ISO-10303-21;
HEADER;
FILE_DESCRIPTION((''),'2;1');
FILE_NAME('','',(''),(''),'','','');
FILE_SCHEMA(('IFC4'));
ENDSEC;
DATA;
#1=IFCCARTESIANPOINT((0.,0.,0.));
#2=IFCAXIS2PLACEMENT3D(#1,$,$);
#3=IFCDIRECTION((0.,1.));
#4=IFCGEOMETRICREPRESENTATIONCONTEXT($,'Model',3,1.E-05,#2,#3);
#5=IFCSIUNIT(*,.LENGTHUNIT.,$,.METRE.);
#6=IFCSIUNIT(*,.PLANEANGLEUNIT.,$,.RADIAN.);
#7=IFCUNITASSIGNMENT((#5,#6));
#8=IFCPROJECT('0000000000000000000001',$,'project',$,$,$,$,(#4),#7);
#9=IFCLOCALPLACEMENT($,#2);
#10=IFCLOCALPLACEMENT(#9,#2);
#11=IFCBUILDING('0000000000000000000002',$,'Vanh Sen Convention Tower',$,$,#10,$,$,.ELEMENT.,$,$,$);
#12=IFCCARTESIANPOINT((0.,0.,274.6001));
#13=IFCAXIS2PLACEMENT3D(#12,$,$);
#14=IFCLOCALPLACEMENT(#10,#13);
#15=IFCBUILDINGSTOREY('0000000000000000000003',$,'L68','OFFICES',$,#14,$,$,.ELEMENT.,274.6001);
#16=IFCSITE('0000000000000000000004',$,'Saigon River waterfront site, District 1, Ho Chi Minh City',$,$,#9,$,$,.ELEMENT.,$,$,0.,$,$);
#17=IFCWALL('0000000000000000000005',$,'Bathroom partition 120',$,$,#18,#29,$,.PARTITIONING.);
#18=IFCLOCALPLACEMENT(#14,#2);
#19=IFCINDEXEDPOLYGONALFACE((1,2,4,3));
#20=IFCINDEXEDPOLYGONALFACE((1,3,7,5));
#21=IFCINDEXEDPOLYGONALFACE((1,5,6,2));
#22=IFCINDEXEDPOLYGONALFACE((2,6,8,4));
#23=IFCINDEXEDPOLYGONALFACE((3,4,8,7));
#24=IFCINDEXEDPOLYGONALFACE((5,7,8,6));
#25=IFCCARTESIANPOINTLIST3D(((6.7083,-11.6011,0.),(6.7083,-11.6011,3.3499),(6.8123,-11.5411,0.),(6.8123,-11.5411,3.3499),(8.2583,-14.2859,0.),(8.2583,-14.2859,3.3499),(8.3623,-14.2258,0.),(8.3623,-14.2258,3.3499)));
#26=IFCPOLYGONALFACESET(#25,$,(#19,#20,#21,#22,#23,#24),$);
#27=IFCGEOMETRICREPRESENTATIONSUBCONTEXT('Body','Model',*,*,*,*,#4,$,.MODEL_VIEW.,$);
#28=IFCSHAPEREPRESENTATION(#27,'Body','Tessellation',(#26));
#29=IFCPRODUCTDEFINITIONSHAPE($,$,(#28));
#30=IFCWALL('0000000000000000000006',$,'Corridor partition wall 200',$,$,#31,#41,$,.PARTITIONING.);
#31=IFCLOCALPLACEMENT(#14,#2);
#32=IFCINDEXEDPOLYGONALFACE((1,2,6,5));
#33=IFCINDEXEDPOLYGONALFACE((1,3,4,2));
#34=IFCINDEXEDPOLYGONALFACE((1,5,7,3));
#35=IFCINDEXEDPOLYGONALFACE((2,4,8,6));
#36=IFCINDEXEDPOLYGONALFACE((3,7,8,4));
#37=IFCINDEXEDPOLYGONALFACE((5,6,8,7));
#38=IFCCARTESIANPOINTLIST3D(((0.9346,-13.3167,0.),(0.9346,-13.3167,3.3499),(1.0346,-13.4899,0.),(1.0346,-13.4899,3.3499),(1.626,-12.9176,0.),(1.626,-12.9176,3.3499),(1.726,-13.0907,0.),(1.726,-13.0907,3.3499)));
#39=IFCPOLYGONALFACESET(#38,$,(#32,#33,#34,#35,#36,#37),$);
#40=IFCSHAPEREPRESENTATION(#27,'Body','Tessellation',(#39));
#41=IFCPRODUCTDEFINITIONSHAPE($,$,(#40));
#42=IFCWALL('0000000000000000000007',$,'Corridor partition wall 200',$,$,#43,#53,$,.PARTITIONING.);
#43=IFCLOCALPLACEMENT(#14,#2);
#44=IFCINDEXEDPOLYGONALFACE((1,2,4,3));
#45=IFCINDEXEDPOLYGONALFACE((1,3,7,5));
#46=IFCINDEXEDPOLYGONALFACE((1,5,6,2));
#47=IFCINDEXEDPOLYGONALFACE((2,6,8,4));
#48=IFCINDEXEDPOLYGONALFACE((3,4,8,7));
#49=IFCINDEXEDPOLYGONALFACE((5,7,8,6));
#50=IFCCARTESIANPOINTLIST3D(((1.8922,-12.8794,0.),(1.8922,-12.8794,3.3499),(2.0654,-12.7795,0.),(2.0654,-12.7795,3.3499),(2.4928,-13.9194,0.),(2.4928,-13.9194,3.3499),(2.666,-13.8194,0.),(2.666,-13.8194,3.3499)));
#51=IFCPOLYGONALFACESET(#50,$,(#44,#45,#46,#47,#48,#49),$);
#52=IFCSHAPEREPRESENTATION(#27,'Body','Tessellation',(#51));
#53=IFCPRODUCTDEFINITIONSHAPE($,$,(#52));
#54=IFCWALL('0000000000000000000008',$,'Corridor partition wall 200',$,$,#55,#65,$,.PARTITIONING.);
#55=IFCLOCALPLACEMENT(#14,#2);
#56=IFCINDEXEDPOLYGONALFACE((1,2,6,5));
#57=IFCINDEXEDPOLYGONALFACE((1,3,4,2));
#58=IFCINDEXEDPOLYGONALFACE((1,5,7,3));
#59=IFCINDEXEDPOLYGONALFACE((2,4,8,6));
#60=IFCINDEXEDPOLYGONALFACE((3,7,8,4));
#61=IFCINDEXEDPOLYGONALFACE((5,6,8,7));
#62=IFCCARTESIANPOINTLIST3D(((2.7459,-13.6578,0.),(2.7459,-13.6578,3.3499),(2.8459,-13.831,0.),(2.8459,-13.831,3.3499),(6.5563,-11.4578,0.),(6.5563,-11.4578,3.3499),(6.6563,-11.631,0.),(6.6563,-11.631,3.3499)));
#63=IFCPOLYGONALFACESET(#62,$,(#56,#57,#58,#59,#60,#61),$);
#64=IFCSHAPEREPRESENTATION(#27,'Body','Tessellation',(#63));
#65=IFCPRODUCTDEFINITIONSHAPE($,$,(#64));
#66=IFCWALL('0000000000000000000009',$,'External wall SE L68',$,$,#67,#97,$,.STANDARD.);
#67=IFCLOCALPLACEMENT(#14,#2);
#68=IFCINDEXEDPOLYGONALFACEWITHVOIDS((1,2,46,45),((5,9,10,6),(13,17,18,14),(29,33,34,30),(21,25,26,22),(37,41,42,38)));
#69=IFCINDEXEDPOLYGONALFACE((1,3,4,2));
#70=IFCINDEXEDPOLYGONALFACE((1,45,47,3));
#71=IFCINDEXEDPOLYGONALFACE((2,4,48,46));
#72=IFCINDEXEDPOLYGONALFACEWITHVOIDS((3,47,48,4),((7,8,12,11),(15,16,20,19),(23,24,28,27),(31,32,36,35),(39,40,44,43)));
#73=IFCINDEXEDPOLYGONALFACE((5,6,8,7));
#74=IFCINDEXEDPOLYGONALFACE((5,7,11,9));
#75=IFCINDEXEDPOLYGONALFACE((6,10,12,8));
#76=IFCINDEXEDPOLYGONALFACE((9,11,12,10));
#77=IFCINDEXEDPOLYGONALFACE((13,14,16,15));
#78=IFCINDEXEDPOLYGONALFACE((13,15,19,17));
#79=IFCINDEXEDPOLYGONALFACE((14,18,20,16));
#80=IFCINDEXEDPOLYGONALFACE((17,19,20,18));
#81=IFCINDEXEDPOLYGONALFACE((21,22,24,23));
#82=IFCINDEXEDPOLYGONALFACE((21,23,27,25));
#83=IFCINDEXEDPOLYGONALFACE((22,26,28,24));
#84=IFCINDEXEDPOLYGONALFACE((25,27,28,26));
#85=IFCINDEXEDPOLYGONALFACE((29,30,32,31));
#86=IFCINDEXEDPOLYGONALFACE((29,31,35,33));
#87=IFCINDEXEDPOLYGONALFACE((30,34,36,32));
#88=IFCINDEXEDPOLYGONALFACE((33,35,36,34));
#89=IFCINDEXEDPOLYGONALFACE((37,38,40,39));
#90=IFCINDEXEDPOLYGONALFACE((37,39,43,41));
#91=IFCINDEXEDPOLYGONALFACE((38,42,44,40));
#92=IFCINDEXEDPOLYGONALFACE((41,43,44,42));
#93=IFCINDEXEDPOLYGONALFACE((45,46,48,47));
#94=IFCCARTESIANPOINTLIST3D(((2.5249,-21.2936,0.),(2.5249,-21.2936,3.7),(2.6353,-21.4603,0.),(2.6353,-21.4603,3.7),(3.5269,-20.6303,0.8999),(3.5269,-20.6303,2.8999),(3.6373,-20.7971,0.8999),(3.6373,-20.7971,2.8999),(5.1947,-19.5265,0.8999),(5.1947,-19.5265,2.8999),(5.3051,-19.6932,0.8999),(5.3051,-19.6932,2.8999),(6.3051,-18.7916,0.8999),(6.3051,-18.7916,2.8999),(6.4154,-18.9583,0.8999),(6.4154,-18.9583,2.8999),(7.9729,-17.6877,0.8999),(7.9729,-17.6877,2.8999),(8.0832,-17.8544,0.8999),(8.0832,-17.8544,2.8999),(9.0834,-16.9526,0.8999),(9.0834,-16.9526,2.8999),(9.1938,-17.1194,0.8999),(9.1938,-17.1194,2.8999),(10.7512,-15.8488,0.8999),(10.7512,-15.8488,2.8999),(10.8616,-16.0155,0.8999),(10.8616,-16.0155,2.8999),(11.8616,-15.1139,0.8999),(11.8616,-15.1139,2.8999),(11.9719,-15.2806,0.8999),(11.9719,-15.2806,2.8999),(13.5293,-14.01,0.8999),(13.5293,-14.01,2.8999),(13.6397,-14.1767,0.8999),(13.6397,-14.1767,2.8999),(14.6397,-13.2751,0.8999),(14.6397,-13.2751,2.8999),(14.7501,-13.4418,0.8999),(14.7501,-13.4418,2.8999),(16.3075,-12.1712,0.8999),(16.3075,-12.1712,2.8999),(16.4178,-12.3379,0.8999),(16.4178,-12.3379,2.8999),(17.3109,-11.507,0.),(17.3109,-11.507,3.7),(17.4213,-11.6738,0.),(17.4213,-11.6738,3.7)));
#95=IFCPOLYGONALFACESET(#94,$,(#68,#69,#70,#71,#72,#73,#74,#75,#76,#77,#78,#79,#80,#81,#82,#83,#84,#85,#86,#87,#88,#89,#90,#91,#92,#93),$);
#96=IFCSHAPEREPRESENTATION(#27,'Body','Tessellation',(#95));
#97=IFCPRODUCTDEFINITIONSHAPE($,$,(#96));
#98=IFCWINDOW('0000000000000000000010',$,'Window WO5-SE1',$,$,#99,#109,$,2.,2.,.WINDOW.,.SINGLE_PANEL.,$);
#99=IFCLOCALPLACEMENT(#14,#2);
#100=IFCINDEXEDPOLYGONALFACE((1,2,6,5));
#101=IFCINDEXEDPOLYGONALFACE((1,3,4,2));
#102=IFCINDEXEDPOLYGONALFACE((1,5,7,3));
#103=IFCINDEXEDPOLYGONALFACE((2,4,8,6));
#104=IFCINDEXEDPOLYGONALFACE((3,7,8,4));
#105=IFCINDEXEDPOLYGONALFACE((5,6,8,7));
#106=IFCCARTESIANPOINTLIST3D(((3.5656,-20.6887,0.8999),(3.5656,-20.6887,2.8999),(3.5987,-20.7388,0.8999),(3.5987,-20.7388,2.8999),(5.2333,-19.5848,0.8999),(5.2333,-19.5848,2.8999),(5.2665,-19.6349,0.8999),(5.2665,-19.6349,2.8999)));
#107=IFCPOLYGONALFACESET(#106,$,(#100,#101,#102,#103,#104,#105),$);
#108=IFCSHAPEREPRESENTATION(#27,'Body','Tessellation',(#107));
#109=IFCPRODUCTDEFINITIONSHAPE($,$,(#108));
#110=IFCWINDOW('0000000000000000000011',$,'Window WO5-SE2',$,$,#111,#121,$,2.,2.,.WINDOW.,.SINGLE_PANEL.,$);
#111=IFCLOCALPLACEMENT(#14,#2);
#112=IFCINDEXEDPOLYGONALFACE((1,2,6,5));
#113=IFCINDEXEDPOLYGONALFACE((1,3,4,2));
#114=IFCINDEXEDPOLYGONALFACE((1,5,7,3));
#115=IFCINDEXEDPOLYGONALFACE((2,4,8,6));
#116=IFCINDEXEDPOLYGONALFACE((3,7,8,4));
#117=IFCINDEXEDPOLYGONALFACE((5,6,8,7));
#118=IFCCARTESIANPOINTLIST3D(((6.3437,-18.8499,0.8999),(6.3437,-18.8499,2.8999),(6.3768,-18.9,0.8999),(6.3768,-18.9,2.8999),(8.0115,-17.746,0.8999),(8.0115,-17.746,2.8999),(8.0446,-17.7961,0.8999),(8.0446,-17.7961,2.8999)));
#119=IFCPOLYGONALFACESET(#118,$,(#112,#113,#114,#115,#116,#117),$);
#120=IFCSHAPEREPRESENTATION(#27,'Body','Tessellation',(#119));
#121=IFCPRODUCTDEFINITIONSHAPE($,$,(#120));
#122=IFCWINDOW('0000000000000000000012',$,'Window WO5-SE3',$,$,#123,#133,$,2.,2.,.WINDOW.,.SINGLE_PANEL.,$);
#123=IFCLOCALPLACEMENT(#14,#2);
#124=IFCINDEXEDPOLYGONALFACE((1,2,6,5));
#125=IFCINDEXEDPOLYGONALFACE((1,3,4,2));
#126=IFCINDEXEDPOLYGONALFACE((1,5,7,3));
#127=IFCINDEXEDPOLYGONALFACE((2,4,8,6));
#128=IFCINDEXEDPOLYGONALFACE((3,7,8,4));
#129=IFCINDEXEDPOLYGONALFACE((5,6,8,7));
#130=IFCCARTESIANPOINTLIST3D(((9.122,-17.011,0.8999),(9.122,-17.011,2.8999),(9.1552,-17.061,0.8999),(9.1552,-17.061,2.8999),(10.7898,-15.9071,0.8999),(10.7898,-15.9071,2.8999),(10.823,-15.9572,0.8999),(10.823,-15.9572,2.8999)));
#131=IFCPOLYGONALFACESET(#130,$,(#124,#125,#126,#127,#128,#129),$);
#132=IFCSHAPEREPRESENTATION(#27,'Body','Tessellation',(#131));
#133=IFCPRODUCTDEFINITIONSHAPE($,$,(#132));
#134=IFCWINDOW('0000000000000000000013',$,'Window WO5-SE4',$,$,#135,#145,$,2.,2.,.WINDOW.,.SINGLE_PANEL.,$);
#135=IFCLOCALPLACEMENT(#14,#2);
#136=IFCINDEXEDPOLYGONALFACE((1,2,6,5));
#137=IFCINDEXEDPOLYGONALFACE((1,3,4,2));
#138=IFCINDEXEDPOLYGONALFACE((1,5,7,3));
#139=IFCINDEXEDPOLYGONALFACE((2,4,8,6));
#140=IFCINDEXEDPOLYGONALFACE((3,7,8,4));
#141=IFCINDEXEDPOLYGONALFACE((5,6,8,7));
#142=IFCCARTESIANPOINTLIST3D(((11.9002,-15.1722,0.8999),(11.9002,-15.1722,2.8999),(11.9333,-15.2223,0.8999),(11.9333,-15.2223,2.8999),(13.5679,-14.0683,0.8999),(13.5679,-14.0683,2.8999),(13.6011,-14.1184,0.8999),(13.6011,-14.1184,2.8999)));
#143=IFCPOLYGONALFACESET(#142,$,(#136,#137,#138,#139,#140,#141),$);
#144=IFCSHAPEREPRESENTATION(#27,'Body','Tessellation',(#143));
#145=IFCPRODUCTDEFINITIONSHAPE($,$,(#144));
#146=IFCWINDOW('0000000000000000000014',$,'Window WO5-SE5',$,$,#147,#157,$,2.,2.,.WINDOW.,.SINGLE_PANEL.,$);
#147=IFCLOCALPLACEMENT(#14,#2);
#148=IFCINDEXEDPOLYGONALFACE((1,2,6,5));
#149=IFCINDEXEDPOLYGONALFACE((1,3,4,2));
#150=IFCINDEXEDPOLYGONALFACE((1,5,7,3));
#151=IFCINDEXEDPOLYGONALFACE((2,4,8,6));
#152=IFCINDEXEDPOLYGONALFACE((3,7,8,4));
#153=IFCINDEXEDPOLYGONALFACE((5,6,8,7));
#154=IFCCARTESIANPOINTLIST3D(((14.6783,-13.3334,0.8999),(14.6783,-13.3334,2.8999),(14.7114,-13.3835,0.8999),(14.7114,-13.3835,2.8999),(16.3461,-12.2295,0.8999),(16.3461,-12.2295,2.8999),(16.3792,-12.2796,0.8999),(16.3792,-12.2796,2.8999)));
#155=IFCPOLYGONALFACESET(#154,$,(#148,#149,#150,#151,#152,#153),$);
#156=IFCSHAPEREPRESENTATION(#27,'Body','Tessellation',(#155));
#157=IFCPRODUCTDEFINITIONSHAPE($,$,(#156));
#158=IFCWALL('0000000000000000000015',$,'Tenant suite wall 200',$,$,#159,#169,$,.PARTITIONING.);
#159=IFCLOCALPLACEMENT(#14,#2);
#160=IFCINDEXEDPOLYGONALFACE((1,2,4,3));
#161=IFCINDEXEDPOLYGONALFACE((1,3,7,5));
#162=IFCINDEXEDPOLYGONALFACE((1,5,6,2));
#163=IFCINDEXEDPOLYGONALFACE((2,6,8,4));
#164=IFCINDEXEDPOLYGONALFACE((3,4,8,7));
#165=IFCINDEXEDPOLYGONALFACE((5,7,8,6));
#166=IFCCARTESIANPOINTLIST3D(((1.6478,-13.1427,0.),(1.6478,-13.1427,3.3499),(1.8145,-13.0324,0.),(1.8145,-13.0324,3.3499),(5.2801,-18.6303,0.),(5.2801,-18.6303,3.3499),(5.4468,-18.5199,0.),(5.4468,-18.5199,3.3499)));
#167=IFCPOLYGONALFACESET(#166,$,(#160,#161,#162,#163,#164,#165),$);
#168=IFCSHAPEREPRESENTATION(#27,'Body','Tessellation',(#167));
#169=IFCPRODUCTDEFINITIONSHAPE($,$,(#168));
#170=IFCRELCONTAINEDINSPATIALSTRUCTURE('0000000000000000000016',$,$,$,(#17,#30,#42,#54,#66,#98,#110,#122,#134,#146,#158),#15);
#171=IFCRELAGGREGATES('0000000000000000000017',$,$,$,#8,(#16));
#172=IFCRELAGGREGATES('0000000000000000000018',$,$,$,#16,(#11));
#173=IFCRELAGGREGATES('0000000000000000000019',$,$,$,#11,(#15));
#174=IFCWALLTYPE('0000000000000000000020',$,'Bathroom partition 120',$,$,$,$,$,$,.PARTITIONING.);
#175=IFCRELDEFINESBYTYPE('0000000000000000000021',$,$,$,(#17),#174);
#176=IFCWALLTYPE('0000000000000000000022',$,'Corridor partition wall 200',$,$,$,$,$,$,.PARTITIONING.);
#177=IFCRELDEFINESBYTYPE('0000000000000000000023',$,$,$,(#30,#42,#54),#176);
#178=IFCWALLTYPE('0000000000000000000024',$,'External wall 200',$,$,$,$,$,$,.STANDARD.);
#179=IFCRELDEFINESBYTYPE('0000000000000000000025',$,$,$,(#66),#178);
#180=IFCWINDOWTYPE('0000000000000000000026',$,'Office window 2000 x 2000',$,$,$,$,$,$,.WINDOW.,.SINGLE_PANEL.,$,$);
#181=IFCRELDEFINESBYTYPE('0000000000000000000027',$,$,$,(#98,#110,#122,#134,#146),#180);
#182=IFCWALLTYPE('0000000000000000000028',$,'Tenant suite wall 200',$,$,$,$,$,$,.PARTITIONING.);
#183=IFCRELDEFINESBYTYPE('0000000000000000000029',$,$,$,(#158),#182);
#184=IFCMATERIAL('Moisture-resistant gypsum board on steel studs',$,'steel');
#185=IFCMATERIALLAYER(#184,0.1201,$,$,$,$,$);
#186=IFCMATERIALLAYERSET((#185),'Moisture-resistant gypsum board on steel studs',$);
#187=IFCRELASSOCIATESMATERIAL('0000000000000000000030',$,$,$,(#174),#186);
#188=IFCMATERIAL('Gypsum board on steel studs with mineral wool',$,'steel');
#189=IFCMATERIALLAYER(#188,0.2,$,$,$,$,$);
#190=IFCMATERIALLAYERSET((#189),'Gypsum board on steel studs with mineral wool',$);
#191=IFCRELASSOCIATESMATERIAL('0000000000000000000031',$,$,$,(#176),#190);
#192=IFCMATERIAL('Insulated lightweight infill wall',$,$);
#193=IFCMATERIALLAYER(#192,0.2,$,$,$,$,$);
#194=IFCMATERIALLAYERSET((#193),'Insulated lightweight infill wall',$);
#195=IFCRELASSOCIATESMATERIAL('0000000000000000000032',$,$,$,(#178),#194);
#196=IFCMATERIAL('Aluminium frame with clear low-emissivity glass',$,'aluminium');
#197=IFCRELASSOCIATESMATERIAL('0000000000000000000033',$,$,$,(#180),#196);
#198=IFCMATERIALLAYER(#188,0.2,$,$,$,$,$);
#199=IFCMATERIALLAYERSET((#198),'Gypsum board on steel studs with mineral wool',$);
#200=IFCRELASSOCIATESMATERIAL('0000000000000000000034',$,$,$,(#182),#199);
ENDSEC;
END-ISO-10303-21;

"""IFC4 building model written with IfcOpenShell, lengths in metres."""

from ifc_helpers import new_model, si_unit, direction, frame, frame_2d, origin, place, context, subcontext, project, spatial, rectangle, extrude, material, layer, layer_set, type_object, element, fill, save


model = new_model("IFC4")

# Units and contexts
model_context = context("Model", 3, precision=1e-05, world=origin(), true_north=direction((0.0, 1.0)))
body_context = subcontext(model_context, "Body", "Model", "MODEL_VIEW")
ifc_project = project(units=[si_unit("LENGTHUNIT", "METRE"), si_unit("PLANEANGLEUNIT", "RADIAN")], contexts=[model_context])

# Site, building, storey
site_placement = place(None, origin())
site = spatial("IfcSite", under=ifc_project, at=site_placement, Name="Saigon River waterfront site, District 1, Ho Chi Minh City", CompositionType="ELEMENT", RefElevation=0.0)
building_placement = place(site_placement, origin())
building = spatial("IfcBuilding", under=site, at=building_placement, Name="Vanh Sen Convention Tower", CompositionType="ELEMENT")
storey_placement = place(building_placement, frame((0.0, 0.0, 274.6001)))
storey = spatial("IfcBuildingStorey", under=building, at=storey_placement, Name="L68", Description="OFFICES", CompositionType="ELEMENT", Elevation=274.6001)

# Walls
ifc_material_1 = material(Name="Moisture-resistant gypsum board on steel studs", Category="steel")
ifc_layer_1 = layer(ifc_material_1, 0.1201)
ifc_layer_set_1 = layer_set([ifc_layer_1], Name="Moisture-resistant gypsum board on steel studs")
wall_type_1 = type_object("IfcWallType", Name="Bathroom partition 120", PredefinedType="PARTITIONING", material=ifc_layer_set_1)
wall_1_placement = place(storey_placement, frame((8.3103, -14.2559, 0.0), z_axis=(0.0, 0.0, 1.0), x_axis=(-0.499993, 0.86603, 0.0)))
element("IfcWall", 1, at=wall_1_placement, inside=storey, type_object=wall_type_1, Name="Bathroom partition 120", PredefinedType="PARTITIONING", context=body_context, shape_type="SweptSolid", body=[
    extrude(rectangle(XDim=3.1001, YDim=0.1201, at=frame_2d((1.55, 0.0))), origin(), (0.0, 0.0, 1.0), 3.3499),
])
ifc_material_2 = material(Name="Gypsum board on steel studs with mineral wool", Category="steel")
ifc_layer_2 = layer(ifc_material_2, 0.2)
ifc_layer_set_2 = layer_set([ifc_layer_2], Name="Gypsum board on steel studs with mineral wool")
wall_type_2 = type_object("IfcWallType", Name="Corridor partition wall 200", PredefinedType="PARTITIONING", material=ifc_layer_set_2)
wall_2_placement = place(storey_placement, frame((0.9846, -13.4033, 0.0), z_axis=(0.0, 0.0, 1.0), x_axis=(0.866033, 0.499987, 0.0)))
element("IfcWall", 2, at=wall_2_placement, inside=storey, type_object=wall_type_2, Name="Corridor partition wall 200", PredefinedType="PARTITIONING", context=body_context, shape_type="SweptSolid", body=[
    extrude(rectangle(XDim=0.7983, YDim=0.2, at=frame_2d((0.3992, 0.0))), origin(), (0.0, 0.0, 1.0), 3.3499),
])
wall_3_placement = place(storey_placement, frame((1.9788, -12.8293, 0.0), z_axis=(0.0, 0.0, 1.0), x_axis=(0.500074, -0.865982, 0.0)))
element("IfcWall", 3, at=wall_3_placement, inside=storey, type_object=wall_type_2, Name="Corridor partition wall 200", PredefinedType="PARTITIONING", context=body_context, shape_type="SweptSolid", body=[
    extrude(rectangle(XDim=1.2009, YDim=0.2, at=frame_2d((0.6006, 0.0))), origin(), (0.0, 0.0, 1.0), 3.3499),
])
wall_4_placement = place(storey_placement, frame((2.7959, -13.7444, 0.0), z_axis=(0.0, 0.0, 1.0), x_axis=(0.866018, 0.500012, 0.0)))
element("IfcWall", 4, at=wall_4_placement, inside=storey, type_object=wall_type_2, Name="Corridor partition wall 200", PredefinedType="PARTITIONING", context=body_context, shape_type="SweptSolid", body=[
    extrude(rectangle(XDim=4.3999, YDim=0.2, at=frame_2d((2.2, 0.0))), origin(), (0.0, 0.0, 1.0), 3.3499),
])

# Wall, openings, windows
ifc_material_3 = material(Name="Insulated lightweight infill wall")
ifc_layer_3 = layer(ifc_material_3, 0.2)
ifc_layer_set_3 = layer_set([ifc_layer_3], Name="Insulated lightweight infill wall")
wall_type_3 = type_object("IfcWallType", Name="External wall 200", PredefinedType="STANDARD", material=ifc_layer_set_3)
wall_5_placement = place(storey_placement, frame((2.5801, -21.377, 0.0), z_axis=(0.0, 0.0, 1.0), x_axis=(0.833889, 0.551933, 0.0)))
wall_5 = element("IfcWall", 5, at=wall_5_placement, inside=storey, type_object=wall_type_3, Name="External wall SE L68", PredefinedType="STANDARD", context=body_context, shape_type="SweptSolid", body=[
    extrude(rectangle(XDim=17.7314, YDim=0.2, at=frame_2d((8.8657, 0.0))), origin(), (0.0, 0.0, 1.0), 3.7),
])
opening_1_placement = place(wall_5_placement, frame((1.2017, 0.0, 0.8999)))
opening_1 = element("IfcOpeningElement", 6, at=opening_1_placement, cuts=wall_5, PredefinedType="OPENING", context=body_context, shape_type="SweptSolid", body=[
    extrude(rectangle(XDim=2.0, YDim=2.0, at=frame_2d((1.0, 1.0))), frame((0.0, 0.1099, 0.0), z_axis=(0.0, -1.0, 0.0), x_axis=(1.0, 0.0, 0.0)), (0.0, 0.0, 1.0), 0.22),
])
opening_2_placement = place(wall_5_placement, frame((4.5332, 0.0, 0.8999)))
opening_2 = element("IfcOpeningElement", 7, at=opening_2_placement, cuts=wall_5, PredefinedType="OPENING", context=body_context, shape_type="SweptSolid", body=[
    extrude(rectangle(XDim=2.0, YDim=2.0, at=frame_2d((1.0, 1.0))), frame((0.0, 0.1099, 0.0), z_axis=(0.0, -1.0, 0.0), x_axis=(1.0, 0.0, 0.0)), (0.0, 0.0, 1.0), 0.22),
])
opening_3_placement = place(wall_5_placement, frame((7.865, 0.0, 0.8999)))
opening_3 = element("IfcOpeningElement", 8, at=opening_3_placement, cuts=wall_5, PredefinedType="OPENING", context=body_context, shape_type="SweptSolid", body=[
    extrude(rectangle(XDim=2.0, YDim=2.0, at=frame_2d((1.0, 1.0))), frame((0.0, 0.1099, 0.0), z_axis=(0.0, -1.0, 0.0), x_axis=(1.0, 0.0, 0.0)), (0.0, 0.0, 1.0), 0.22),
])
opening_4_placement = place(wall_5_placement, frame((11.1965, 0.0, 0.8999)))
opening_4 = element("IfcOpeningElement", 9, at=opening_4_placement, cuts=wall_5, PredefinedType="OPENING", context=body_context, shape_type="SweptSolid", body=[
    extrude(rectangle(XDim=2.0, YDim=2.0, at=frame_2d((1.0, 1.0))), frame((0.0, 0.1099, 0.0), z_axis=(0.0, -1.0, 0.0), x_axis=(1.0, 0.0, 0.0)), (0.0, 0.0, 1.0), 0.22),
])
opening_5_placement = place(wall_5_placement, frame((14.5281, 0.0, 0.8999)))
opening_5 = element("IfcOpeningElement", 10, at=opening_5_placement, cuts=wall_5, PredefinedType="OPENING", context=body_context, shape_type="SweptSolid", body=[
    extrude(rectangle(XDim=2.0, YDim=2.0, at=frame_2d((1.0, 1.0))), frame((0.0, 0.1099, 0.0), z_axis=(0.0, -1.0, 0.0), x_axis=(1.0, 0.0, 0.0)), (0.0, 0.0, 1.0), 0.22),
])
ifc_material_4 = material(Name="Aluminium frame with clear low-emissivity glass", Category="aluminium")
window_type = type_object("IfcWindowType", Name="Office window 2000 x 2000", PartitioningType="SINGLE_PANEL", PredefinedType="WINDOW", material=ifc_material_4)
window_1_placement = place(opening_1_placement, origin())
window_1 = element("IfcWindow", 11, at=window_1_placement, inside=storey, type_object=window_type, Name="Window WO5-SE1", OverallHeight=2.0, OverallWidth=2.0, PartitioningType="SINGLE_PANEL", PredefinedType="WINDOW", context=body_context, shape_type="SweptSolid", body=[
    extrude(rectangle(XDim=2.0, YDim=2.0, at=frame_2d((1.0, 1.0))), frame((0.0, 0.03, 0.0), z_axis=(0.0, -1.0, 0.0), x_axis=(1.0, 0.0, 0.0)), (0.0, 0.0, 1.0), 0.0601),
])
fill(opening_1, window_1)
window_2_placement = place(opening_2_placement, origin())
window_2 = element("IfcWindow", 12, at=window_2_placement, inside=storey, type_object=window_type, Name="Window WO5-SE2", OverallHeight=2.0, OverallWidth=2.0, PartitioningType="SINGLE_PANEL", PredefinedType="WINDOW", context=body_context, shape_type="SweptSolid", body=[
    extrude(rectangle(XDim=2.0, YDim=2.0, at=frame_2d((1.0, 1.0))), frame((0.0, 0.03, 0.0), z_axis=(0.0, -1.0, 0.0), x_axis=(1.0, 0.0, 0.0)), (0.0, 0.0, 1.0), 0.0601),
])
fill(opening_2, window_2)
window_3_placement = place(opening_3_placement, origin())
window_3 = element("IfcWindow", 13, at=window_3_placement, inside=storey, type_object=window_type, Name="Window WO5-SE3", OverallHeight=2.0, OverallWidth=2.0, PartitioningType="SINGLE_PANEL", PredefinedType="WINDOW", context=body_context, shape_type="SweptSolid", body=[
    extrude(rectangle(XDim=2.0, YDim=2.0, at=frame_2d((1.0, 1.0))), frame((0.0, 0.03, 0.0), z_axis=(0.0, -1.0, 0.0), x_axis=(1.0, 0.0, 0.0)), (0.0, 0.0, 1.0), 0.0601),
])
fill(opening_3, window_3)
window_4_placement = place(opening_4_placement, origin())
window_4 = element("IfcWindow", 14, at=window_4_placement, inside=storey, type_object=window_type, Name="Window WO5-SE4", OverallHeight=2.0, OverallWidth=2.0, PartitioningType="SINGLE_PANEL", PredefinedType="WINDOW", context=body_context, shape_type="SweptSolid", body=[
    extrude(rectangle(XDim=2.0, YDim=2.0, at=frame_2d((1.0, 1.0))), frame((0.0, 0.03, 0.0), z_axis=(0.0, -1.0, 0.0), x_axis=(1.0, 0.0, 0.0)), (0.0, 0.0, 1.0), 0.0601),
])
fill(opening_4, window_4)
window_5_placement = place(opening_5_placement, origin())
window_5 = element("IfcWindow", 15, at=window_5_placement, inside=storey, type_object=window_type, Name="Window WO5-SE5", OverallHeight=2.0, OverallWidth=2.0, PartitioningType="SINGLE_PANEL", PredefinedType="WINDOW", context=body_context, shape_type="SweptSolid", body=[
    extrude(rectangle(XDim=2.0, YDim=2.0, at=frame_2d((1.0, 1.0))), frame((0.0, 0.03, 0.0), z_axis=(0.0, -1.0, 0.0), x_axis=(1.0, 0.0, 0.0)), (0.0, 0.0, 1.0), 0.0601),
])
fill(opening_5, window_5)

# Wall
ifc_layer_4 = layer(ifc_material_2, 0.2)
ifc_layer_set_4 = layer_set([ifc_layer_4], Name="Gypsum board on steel studs with mineral wool")
wall_type_4 = type_object("IfcWallType", Name="Tenant suite wall 200", PredefinedType="PARTITIONING", material=ifc_layer_set_4)
wall_6_placement = place(storey_placement, frame((5.3635, -18.5752, 0.0), z_axis=(0.0, 0.0, 1.0), x_axis=(-0.551958, 0.833872, 0.0)))
element("IfcWall", 16, at=wall_6_placement, inside=storey, type_object=wall_type_4, Name="Tenant suite wall 200", PredefinedType="PARTITIONING", context=body_context, shape_type="SweptSolid", body=[
    extrude(rectangle(XDim=6.5808, YDim=0.2, at=frame_2d((3.2905, 0.0))), origin(), (0.0, 0.0, 1.0), 3.3499),
])

save(model, "model.ifc")
